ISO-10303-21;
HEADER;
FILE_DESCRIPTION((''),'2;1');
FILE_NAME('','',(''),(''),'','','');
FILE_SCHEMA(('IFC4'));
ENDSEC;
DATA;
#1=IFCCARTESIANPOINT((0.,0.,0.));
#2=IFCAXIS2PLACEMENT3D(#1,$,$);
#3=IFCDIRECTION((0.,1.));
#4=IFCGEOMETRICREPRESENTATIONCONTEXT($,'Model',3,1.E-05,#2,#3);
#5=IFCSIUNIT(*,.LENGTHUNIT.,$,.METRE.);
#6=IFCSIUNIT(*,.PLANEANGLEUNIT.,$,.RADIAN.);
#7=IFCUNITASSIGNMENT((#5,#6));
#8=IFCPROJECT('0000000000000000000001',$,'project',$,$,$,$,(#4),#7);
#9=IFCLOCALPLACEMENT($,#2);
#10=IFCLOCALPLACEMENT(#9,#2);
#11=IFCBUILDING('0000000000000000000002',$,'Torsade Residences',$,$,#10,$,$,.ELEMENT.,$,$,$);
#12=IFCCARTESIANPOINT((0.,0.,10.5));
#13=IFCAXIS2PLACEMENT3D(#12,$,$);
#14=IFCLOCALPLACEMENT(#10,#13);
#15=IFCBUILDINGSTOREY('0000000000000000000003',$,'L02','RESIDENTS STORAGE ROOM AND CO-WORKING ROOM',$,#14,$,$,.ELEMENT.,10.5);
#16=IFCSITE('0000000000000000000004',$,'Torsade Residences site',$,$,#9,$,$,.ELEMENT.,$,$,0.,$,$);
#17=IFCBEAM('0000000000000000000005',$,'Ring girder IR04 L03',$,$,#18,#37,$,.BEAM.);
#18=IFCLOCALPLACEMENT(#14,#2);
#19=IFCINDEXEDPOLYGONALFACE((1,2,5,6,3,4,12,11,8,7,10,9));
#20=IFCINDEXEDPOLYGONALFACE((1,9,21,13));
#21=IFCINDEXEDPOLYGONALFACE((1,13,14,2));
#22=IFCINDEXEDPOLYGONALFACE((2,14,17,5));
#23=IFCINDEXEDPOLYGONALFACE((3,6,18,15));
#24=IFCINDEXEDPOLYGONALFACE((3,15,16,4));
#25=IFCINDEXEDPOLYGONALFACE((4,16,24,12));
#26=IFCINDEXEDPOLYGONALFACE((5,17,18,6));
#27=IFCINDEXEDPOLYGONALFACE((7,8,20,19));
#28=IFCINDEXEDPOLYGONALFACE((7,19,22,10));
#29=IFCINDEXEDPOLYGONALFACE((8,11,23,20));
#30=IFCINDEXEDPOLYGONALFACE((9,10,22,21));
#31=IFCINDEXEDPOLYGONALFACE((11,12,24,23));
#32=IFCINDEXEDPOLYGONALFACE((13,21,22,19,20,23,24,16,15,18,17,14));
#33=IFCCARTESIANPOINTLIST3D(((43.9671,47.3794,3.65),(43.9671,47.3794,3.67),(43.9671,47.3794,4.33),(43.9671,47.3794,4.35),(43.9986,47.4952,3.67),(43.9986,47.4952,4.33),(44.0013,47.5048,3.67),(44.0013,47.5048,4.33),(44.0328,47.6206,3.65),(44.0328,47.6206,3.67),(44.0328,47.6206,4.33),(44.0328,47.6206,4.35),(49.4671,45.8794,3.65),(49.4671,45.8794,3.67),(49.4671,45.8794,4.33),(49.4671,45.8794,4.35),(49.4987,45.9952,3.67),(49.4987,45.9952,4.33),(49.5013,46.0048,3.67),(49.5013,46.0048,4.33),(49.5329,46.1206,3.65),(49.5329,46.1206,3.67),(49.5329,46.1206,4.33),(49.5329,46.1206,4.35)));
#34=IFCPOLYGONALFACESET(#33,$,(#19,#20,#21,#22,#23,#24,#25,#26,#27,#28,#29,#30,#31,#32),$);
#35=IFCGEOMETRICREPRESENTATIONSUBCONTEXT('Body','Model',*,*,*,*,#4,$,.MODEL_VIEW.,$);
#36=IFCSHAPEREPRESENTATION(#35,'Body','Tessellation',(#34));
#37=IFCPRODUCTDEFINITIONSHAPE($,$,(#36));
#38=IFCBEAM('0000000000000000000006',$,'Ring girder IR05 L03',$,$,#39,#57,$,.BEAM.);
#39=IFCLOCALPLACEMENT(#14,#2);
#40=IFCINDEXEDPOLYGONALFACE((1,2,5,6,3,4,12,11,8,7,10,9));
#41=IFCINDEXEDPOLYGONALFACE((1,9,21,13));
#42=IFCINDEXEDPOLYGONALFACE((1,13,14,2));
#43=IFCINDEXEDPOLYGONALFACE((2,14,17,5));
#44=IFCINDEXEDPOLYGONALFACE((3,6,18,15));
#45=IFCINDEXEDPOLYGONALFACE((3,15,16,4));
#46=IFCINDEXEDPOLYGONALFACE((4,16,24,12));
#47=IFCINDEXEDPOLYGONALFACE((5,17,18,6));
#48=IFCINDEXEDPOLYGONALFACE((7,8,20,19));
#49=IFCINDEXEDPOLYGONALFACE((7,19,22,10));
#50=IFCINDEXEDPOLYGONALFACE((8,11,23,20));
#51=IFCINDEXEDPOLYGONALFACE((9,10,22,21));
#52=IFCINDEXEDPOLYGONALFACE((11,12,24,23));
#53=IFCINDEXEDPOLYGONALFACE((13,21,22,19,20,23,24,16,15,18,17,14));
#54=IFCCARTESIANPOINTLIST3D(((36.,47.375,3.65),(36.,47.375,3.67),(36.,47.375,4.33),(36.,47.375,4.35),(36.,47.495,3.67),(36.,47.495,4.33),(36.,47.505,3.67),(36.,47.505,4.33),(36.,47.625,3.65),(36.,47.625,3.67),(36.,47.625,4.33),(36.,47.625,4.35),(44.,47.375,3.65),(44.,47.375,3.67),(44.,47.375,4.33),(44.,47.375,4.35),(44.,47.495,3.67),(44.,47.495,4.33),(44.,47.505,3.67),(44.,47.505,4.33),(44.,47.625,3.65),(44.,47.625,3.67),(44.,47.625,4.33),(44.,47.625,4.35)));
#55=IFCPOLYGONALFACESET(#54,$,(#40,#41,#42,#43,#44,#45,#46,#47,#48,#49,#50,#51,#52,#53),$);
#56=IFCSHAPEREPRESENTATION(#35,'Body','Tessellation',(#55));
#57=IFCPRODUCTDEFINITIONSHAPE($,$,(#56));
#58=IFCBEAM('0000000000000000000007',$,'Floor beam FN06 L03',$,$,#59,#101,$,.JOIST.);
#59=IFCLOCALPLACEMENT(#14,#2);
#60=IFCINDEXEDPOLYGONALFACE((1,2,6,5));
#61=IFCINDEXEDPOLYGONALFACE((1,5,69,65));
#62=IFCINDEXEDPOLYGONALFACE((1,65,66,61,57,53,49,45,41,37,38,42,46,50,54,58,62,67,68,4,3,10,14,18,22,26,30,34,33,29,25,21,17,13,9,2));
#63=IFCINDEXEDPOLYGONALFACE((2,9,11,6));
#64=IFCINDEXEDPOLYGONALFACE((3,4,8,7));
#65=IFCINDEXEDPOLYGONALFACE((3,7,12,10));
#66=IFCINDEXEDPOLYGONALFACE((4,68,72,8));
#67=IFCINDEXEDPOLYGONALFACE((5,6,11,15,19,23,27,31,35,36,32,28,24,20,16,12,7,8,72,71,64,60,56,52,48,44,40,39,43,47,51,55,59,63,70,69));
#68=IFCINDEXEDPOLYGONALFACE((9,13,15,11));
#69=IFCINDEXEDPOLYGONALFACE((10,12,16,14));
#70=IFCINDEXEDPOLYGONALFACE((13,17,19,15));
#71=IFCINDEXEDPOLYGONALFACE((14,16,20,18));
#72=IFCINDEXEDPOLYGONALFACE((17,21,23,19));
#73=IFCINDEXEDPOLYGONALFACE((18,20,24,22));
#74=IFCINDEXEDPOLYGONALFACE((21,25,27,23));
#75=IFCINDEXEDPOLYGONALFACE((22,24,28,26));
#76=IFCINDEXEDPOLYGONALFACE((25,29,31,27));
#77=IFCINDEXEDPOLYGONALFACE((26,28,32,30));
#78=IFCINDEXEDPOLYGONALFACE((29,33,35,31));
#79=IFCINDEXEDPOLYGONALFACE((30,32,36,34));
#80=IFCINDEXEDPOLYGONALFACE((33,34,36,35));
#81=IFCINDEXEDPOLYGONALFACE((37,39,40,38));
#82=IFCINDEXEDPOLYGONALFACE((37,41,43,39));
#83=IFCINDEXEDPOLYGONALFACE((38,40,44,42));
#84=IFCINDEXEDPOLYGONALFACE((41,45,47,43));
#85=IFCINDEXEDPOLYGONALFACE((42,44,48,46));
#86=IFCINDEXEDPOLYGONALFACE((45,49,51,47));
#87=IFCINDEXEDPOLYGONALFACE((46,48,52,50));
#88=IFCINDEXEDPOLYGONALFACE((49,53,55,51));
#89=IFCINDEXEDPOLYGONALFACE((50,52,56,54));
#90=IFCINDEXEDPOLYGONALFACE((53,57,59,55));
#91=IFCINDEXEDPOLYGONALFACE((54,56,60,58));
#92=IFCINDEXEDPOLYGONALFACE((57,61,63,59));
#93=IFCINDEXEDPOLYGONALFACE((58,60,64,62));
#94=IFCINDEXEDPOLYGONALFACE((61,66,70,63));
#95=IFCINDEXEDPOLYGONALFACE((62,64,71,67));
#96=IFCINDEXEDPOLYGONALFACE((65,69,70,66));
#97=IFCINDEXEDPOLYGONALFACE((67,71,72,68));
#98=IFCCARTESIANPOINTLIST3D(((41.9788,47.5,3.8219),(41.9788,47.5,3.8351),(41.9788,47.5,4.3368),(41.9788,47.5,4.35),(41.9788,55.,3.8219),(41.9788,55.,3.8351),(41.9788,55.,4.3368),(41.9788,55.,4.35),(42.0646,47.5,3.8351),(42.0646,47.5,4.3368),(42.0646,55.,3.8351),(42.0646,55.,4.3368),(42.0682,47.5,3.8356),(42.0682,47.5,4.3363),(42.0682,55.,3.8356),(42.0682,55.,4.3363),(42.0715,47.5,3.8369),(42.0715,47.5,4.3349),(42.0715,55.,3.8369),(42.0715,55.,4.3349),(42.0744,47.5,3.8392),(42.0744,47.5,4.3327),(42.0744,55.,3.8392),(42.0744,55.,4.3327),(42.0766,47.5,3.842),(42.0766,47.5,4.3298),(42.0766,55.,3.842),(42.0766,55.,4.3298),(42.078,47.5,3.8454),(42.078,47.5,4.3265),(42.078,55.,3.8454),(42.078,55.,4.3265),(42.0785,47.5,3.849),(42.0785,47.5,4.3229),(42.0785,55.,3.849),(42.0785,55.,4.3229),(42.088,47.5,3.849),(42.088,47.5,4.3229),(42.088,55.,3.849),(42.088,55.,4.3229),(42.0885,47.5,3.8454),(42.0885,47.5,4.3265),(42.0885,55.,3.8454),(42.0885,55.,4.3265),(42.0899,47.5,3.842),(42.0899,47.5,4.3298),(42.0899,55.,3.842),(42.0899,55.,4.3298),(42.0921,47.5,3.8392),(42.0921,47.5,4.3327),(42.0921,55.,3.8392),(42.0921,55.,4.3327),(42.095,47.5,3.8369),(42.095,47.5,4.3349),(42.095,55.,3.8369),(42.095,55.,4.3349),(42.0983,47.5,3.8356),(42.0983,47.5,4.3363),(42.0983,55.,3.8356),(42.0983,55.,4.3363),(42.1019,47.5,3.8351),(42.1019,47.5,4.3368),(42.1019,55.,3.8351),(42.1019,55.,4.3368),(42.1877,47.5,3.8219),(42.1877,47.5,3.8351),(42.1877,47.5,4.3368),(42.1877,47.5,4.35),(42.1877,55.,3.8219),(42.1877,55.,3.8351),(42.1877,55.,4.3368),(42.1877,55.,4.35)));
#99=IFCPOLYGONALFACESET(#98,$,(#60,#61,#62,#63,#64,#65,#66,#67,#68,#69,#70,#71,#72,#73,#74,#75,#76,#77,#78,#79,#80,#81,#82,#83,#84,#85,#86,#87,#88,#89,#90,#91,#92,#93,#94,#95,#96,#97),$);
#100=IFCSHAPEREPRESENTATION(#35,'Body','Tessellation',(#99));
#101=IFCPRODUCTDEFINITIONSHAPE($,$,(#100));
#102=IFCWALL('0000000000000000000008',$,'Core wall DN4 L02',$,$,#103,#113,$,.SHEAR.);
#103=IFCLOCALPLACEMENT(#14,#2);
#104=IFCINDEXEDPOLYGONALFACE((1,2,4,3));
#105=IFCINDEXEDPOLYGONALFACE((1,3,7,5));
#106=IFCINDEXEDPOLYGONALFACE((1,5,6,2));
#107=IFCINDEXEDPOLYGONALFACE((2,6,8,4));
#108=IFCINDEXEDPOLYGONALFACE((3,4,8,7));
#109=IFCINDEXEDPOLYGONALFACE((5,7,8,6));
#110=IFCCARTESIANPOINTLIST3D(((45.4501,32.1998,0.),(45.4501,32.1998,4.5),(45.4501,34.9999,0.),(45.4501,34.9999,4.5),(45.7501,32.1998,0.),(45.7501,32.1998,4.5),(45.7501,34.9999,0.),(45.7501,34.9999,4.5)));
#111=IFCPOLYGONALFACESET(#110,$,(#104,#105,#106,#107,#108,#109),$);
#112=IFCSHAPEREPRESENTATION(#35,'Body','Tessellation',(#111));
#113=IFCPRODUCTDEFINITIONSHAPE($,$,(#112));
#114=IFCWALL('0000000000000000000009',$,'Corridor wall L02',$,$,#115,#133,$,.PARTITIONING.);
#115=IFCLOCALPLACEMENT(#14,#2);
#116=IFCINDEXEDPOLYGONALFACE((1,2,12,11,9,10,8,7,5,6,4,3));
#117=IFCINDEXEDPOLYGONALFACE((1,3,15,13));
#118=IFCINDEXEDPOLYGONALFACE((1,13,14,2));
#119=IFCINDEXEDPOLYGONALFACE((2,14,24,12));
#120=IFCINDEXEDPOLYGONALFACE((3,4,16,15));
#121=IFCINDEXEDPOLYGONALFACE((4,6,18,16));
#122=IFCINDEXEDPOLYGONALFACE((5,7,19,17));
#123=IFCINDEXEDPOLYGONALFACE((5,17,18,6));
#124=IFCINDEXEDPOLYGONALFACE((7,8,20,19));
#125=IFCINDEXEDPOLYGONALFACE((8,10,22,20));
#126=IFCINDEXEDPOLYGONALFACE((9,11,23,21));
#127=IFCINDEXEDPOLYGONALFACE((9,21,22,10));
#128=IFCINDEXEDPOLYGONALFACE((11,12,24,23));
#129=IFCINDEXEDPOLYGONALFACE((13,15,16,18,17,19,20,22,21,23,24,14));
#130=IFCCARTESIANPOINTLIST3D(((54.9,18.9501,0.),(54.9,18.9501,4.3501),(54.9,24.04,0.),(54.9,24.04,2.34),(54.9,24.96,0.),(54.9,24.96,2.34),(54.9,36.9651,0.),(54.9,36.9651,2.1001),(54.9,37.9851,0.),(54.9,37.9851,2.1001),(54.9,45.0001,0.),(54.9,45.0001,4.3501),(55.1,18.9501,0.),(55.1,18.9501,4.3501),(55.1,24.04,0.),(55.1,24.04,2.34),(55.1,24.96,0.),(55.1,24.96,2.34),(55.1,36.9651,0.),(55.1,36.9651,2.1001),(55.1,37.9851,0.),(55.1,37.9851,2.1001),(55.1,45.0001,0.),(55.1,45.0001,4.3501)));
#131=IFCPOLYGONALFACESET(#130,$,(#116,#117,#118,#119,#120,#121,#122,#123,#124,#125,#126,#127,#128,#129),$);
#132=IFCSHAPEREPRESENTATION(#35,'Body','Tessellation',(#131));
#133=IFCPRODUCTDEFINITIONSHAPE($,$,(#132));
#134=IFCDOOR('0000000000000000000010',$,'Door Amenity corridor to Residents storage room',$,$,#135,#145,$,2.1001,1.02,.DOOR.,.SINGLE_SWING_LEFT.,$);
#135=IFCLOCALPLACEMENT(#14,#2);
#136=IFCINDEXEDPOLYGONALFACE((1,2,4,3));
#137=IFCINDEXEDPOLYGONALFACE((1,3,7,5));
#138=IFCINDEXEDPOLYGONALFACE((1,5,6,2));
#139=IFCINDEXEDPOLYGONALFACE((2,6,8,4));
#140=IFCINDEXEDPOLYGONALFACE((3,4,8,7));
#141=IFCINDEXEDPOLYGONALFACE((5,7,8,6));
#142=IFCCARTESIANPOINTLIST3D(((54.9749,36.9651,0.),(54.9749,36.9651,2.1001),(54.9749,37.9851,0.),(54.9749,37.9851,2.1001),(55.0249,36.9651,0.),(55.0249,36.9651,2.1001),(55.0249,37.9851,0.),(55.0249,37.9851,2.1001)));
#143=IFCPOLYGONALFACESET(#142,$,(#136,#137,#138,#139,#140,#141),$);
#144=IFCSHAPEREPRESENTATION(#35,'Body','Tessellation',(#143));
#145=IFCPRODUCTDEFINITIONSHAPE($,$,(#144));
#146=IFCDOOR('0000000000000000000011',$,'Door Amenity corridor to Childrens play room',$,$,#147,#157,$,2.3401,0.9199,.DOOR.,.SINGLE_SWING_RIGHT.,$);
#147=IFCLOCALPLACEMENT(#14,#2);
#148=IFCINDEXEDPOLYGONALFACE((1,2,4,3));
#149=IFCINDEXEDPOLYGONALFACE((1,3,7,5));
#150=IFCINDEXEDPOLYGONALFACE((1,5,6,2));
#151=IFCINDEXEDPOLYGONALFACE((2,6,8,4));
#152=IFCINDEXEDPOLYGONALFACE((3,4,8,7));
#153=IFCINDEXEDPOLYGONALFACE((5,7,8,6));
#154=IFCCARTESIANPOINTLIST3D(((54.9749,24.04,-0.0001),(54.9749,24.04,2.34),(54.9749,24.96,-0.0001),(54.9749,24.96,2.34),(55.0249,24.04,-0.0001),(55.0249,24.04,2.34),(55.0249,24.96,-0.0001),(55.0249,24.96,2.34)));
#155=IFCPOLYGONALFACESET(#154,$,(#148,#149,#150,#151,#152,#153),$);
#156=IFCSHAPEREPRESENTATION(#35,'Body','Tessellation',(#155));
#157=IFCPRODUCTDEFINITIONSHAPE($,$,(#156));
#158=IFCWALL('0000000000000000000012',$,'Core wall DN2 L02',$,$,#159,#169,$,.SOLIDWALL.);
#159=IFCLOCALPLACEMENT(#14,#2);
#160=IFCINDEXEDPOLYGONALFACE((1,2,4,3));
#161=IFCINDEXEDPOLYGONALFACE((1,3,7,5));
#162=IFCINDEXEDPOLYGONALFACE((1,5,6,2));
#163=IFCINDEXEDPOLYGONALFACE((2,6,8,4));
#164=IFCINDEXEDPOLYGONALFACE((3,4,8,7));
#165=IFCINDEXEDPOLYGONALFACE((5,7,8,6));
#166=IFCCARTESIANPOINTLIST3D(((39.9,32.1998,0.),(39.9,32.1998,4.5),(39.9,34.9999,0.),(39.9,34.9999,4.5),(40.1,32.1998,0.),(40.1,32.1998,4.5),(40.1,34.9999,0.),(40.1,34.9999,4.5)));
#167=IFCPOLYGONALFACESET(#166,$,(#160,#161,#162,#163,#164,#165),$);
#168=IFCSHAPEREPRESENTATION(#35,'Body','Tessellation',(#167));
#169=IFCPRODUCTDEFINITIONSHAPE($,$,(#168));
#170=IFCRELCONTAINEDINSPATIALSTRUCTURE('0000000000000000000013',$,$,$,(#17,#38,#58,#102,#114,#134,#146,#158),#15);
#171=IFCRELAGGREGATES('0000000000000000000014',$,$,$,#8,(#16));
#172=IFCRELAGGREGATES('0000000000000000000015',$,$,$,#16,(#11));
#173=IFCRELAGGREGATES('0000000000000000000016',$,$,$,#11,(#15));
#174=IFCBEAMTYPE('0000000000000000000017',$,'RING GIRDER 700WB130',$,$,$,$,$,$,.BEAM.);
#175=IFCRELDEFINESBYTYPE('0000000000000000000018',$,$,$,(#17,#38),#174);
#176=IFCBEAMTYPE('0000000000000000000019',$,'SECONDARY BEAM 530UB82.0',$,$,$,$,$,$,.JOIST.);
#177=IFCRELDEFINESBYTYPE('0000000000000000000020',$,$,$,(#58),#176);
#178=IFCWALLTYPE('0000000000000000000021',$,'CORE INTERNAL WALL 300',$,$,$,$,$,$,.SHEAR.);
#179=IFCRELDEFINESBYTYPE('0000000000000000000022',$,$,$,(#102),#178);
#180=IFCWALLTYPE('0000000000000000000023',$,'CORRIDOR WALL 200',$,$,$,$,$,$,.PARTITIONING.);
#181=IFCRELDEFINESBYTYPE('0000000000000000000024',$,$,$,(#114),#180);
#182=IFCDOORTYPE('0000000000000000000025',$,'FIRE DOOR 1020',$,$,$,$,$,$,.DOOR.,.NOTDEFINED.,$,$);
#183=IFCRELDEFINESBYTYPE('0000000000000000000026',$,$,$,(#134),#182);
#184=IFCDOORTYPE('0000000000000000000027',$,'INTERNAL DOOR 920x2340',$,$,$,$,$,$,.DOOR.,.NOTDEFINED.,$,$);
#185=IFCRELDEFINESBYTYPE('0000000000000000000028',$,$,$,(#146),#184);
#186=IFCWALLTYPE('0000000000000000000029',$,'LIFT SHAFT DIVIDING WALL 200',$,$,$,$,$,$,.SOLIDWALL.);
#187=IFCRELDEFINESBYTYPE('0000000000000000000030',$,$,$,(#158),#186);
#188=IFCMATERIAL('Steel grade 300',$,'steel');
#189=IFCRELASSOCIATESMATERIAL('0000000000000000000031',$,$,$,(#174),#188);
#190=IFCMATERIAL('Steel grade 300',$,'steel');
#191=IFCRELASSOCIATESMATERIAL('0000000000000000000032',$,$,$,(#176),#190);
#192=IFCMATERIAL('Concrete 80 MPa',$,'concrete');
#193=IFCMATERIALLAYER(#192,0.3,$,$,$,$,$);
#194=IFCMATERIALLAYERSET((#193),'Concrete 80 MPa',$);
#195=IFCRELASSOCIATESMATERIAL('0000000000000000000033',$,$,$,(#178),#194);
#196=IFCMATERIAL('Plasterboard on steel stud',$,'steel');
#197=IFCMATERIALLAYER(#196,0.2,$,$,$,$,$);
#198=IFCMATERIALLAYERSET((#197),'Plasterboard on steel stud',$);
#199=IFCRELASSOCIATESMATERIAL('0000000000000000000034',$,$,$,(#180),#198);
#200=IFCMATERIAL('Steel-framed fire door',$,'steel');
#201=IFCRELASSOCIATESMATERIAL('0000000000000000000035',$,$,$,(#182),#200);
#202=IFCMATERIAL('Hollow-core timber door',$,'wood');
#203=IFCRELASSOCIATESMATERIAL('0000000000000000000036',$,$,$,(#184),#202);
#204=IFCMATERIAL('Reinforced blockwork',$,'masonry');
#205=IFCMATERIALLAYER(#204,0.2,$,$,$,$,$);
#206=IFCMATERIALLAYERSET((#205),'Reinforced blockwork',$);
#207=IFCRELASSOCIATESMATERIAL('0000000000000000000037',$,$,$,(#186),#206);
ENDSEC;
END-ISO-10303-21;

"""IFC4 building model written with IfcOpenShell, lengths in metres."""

from ifc_helpers import new_model, si_unit, direction, frame, frame_2d, origin, origin_2d, place, context, subcontext, project, spatial, rectangle, i_section, extrude, material, layer, layer_set, material_profile, profile_set, type_object, element, fill, save


model = new_model("IFC4")

# Units and contexts
model_context = context("Model", 3, precision=1e-05, world=origin(), true_north=direction((0.0, 1.0)))
body_context = subcontext(model_context, "Body", "Model", "MODEL_VIEW")
ifc_project = project(units=[si_unit("LENGTHUNIT", "METRE"), si_unit("PLANEANGLEUNIT", "RADIAN")], contexts=[model_context])

# Site, building, storey
site_placement = place(None, origin())
site = spatial("IfcSite", under=ifc_project, at=site_placement, Name="Torsade Residences site", CompositionType="ELEMENT", RefElevation=0.0)
building_placement = place(site_placement, origin())
building = spatial("IfcBuilding", under=site, at=building_placement, Name="Torsade Residences", CompositionType="ELEMENT")
storey_placement = place(building_placement, frame((0.0, 0.0, 10.5)))
storey = spatial("IfcBuildingStorey", under=building, at=storey_placement, Name="L02", Description="RESIDENTS STORAGE ROOM AND CO-WORKING ROOM", CompositionType="ELEMENT", Elevation=10.5)

# Beams
ifc_material_1 = material(Name="Steel grade 300", Category="steel")
ifc_material_profile_1 = material_profile(ifc_material_1, i_section(OverallWidth=0.25, OverallDepth=0.7, WebThickness=0.01, FlangeThickness=0.02, at=origin_2d()), Name="700WB130")
ifc_profile_set_1 = profile_set([ifc_material_profile_1], Name="Steel grade 300")
beam_type_1 = type_object("IfcBeamType", Name="RING GIRDER 700WB130", PredefinedType="BEAM", material=ifc_profile_set_1)
for number, where, z_axis, x_axis, name in (
    (1, (49.5, 46.0, 4.0), (-0.964764, 0.263117, 0.0), (-0.263117, -0.964764, 0.0), "Ring girder IR04 L03"),
):
    element("IfcBeam", number, at=place(storey_placement, frame(where, z_axis=z_axis, x_axis=x_axis)), inside=storey, type_object=beam_type_1, Name=name, PredefinedType="BEAM", context=body_context, shape_type="SweptSolid", body=[
        extrude(i_section(OverallWidth=0.25, OverallDepth=0.7, WebThickness=0.01, FlangeThickness=0.02, at=origin_2d()), origin(), (0.0, 0.0, 1.0), 5.7009),
    ])
beam_1_placement = place(storey_placement, frame((44.0, 47.5, 4.0), z_axis=(-1.0, 0.0, 0.0), x_axis=(0.0, -1.0, 0.0)))
element("IfcBeam", 2, at=beam_1_placement, inside=storey, type_object=beam_type_1, Name="Ring girder IR05 L03", PredefinedType="BEAM", context=body_context, shape_type="SweptSolid", body=[
    extrude(i_section(OverallWidth=0.25, OverallDepth=0.7, WebThickness=0.01, FlangeThickness=0.02, at=origin_2d()), origin(), (0.0, 0.0, 1.0), 8.0),
])
ifc_material_2 = material(Name="Steel grade 300", Category="steel")
ifc_material_profile_2 = material_profile(ifc_material_2, i_section(OverallWidth=0.209, OverallDepth=0.5281, WebThickness=0.0095, FlangeThickness=0.0132, FilletRadius=0.0139, at=origin_2d()), Name="530UB82.0")
ifc_profile_set_2 = profile_set([ifc_material_profile_2], Name="Steel grade 300")
beam_type_2 = type_object("IfcBeamType", Name="SECONDARY BEAM 530UB82.0", PredefinedType="JOIST", material=ifc_profile_set_2)
beam_2_placement = place(storey_placement, frame((42.0833, 55.0, 4.0859), z_axis=(0.0, -1.0, 0.0), x_axis=(1.0, 0.0, 0.0)))
element("IfcBeam", 3, at=beam_2_placement, inside=storey, type_object=beam_type_2, Name="Floor beam FN06 L03", PredefinedType="JOIST", context=body_context, shape_type="SweptSolid", body=[
    extrude(i_section(OverallWidth=0.209, OverallDepth=0.5281, WebThickness=0.0095, FlangeThickness=0.0132, FilletRadius=0.0139, at=origin_2d()), origin(), (0.0, 0.0, 1.0), 7.5),
])

# Wall
ifc_material_3 = material(Name="Concrete 80 MPa", Category="concrete")
ifc_layer_1 = layer(ifc_material_3, 0.3)
ifc_layer_set_1 = layer_set([ifc_layer_1], Name="Concrete 80 MPa")
wall_type_1 = type_object("IfcWallType", Name="CORE INTERNAL WALL 300", PredefinedType="SHEAR", material=ifc_layer_set_1)
wall_1_placement = place(storey_placement, frame((45.6001, 32.2, 0.0), z_axis=(0.0, 0.0, 1.0), x_axis=(0.0, 1.0, 0.0)))
element("IfcWall", 4, at=wall_1_placement, inside=storey, type_object=wall_type_1, Name="Core wall DN4 L02", PredefinedType="SHEAR", context=body_context, shape_type="SweptSolid", body=[
    extrude(rectangle(XDim=2.8, YDim=0.3, at=frame_2d((1.3999, 0.0))), origin(), (0.0, 0.0, 1.0), 4.5),
])

# Wall, openings, doors
ifc_material_4 = material(Name="Plasterboard on steel stud", Category="steel")
ifc_layer_2 = layer(ifc_material_4, 0.2)
ifc_layer_set_2 = layer_set([ifc_layer_2], Name="Plasterboard on steel stud")
wall_type_2 = type_object("IfcWallType", Name="CORRIDOR WALL 200", PredefinedType="PARTITIONING", material=ifc_layer_set_2)
wall_2_placement = place(storey_placement, frame((55.0, 45.0, 0.0), z_axis=(0.0, 0.0, 1.0), x_axis=(0.0, -1.0, 0.0)))
wall_2 = element("IfcWall", 5, at=wall_2_placement, inside=storey, type_object=wall_type_2, Name="Corridor wall L02", PredefinedType="PARTITIONING", context=body_context, shape_type="SweptSolid", body=[
    extrude(rectangle(XDim=26.05, YDim=0.2, at=frame_2d((13.0249, 0.0))), origin(), (0.0, 0.0, 1.0), 4.3501),
])
opening_1_placement = place(wall_2_placement, frame((7.0149, 0.0, 0.0)))
opening_1 = element("IfcOpeningElement", 6, at=opening_1_placement, cuts=wall_2, PredefinedType="OPENING", context=body_context, shape_type="SweptSolid", body=[
    extrude(rectangle(XDim=1.02, YDim=2.1001, at=frame_2d((0.51, 1.05))), frame((0.0, 0.1099, 0.0), z_axis=(0.0, -1.0, 0.0), x_axis=(1.0, 0.0, 0.0)), (0.0, 0.0, 1.0), 0.22),
])
opening_2_placement = place(wall_2_placement, frame((20.04, 0.0, 0.0)))
opening_2 = element("IfcOpeningElement", 7, at=opening_2_placement, cuts=wall_2, PredefinedType="OPENING", context=body_context, shape_type="SweptSolid", body=[
    extrude(rectangle(XDim=0.9199, YDim=2.3401, at=frame_2d((0.46, 1.1699))), frame((0.0, 0.1099, 0.0), z_axis=(0.0, -1.0, 0.0), x_axis=(1.0, 0.0, 0.0)), (0.0, 0.0, 1.0), 0.22),
])
ifc_material_5 = material(Name="Steel-framed fire door", Category="steel")
door_type_1 = type_object("IfcDoorType", Name="FIRE DOOR 1020", OperationType="NOTDEFINED", PredefinedType="DOOR", material=ifc_material_5)
door_1_placement = place(opening_1_placement, origin())
door_1 = element("IfcDoor", 8, at=door_1_placement, inside=storey, type_object=door_type_1, Name="Door Amenity corridor to Residents storage room", OperationType="SINGLE_SWING_LEFT", OverallHeight=2.1001, OverallWidth=1.02, PredefinedType="DOOR", context=body_context, shape_type="SweptSolid", body=[
    extrude(rectangle(XDim=1.02, YDim=2.1001, at=frame_2d((0.51, 1.05))), frame((0.0, 0.0249, 0.0), z_axis=(0.0, -1.0, 0.0), x_axis=(1.0, 0.0, 0.0)), (0.0, 0.0, 1.0), 0.05),
])
fill(opening_1, door_1)
ifc_material_6 = material(Name="Hollow-core timber door", Category="wood")
door_type_2 = type_object("IfcDoorType", Name="INTERNAL DOOR 920x2340", OperationType="NOTDEFINED", PredefinedType="DOOR", material=ifc_material_6)
door_2_placement = place(opening_2_placement, origin())
door_2 = element("IfcDoor", 9, at=door_2_placement, inside=storey, type_object=door_type_2, Name="Door Amenity corridor to Childrens play room", OperationType="SINGLE_SWING_RIGHT", OverallHeight=2.3401, OverallWidth=0.9199, PredefinedType="DOOR", context=body_context, shape_type="SweptSolid", body=[
    extrude(rectangle(XDim=0.9199, YDim=2.3401, at=frame_2d((0.46, 1.1699))), frame((0.0, 0.0249, 0.0), z_axis=(0.0, -1.0, 0.0), x_axis=(1.0, 0.0, 0.0)), (0.0, 0.0, 1.0), 0.05),
])
fill(opening_2, door_2)

# Wall
ifc_material_7 = material(Name="Reinforced blockwork", Category="masonry")
ifc_layer_3 = layer(ifc_material_7, 0.2)
ifc_layer_set_3 = layer_set([ifc_layer_3], Name="Reinforced blockwork")
wall_type_3 = type_object("IfcWallType", Name="LIFT SHAFT DIVIDING WALL 200", PredefinedType="SOLIDWALL", material=ifc_layer_set_3)
for number, where, z_axis, x_axis, name in (
    (10, (40.0, 32.2, 0.0), (0.0, 0.0, 1.0), (0.0, 1.0, 0.0), "Core wall DN2 L02"),
):
    element("IfcWall", number, at=place(storey_placement, frame(where, z_axis=z_axis, x_axis=x_axis)), inside=storey, type_object=wall_type_3, Name=name, PredefinedType="SOLIDWALL", context=body_context, shape_type="SweptSolid", body=[
        extrude(rectangle(XDim=2.8, YDim=0.2, at=frame_2d((1.3999, 0.0))), origin(), (0.0, 0.0, 1.0), 4.5),
    ])

save(model, "model.ifc")
